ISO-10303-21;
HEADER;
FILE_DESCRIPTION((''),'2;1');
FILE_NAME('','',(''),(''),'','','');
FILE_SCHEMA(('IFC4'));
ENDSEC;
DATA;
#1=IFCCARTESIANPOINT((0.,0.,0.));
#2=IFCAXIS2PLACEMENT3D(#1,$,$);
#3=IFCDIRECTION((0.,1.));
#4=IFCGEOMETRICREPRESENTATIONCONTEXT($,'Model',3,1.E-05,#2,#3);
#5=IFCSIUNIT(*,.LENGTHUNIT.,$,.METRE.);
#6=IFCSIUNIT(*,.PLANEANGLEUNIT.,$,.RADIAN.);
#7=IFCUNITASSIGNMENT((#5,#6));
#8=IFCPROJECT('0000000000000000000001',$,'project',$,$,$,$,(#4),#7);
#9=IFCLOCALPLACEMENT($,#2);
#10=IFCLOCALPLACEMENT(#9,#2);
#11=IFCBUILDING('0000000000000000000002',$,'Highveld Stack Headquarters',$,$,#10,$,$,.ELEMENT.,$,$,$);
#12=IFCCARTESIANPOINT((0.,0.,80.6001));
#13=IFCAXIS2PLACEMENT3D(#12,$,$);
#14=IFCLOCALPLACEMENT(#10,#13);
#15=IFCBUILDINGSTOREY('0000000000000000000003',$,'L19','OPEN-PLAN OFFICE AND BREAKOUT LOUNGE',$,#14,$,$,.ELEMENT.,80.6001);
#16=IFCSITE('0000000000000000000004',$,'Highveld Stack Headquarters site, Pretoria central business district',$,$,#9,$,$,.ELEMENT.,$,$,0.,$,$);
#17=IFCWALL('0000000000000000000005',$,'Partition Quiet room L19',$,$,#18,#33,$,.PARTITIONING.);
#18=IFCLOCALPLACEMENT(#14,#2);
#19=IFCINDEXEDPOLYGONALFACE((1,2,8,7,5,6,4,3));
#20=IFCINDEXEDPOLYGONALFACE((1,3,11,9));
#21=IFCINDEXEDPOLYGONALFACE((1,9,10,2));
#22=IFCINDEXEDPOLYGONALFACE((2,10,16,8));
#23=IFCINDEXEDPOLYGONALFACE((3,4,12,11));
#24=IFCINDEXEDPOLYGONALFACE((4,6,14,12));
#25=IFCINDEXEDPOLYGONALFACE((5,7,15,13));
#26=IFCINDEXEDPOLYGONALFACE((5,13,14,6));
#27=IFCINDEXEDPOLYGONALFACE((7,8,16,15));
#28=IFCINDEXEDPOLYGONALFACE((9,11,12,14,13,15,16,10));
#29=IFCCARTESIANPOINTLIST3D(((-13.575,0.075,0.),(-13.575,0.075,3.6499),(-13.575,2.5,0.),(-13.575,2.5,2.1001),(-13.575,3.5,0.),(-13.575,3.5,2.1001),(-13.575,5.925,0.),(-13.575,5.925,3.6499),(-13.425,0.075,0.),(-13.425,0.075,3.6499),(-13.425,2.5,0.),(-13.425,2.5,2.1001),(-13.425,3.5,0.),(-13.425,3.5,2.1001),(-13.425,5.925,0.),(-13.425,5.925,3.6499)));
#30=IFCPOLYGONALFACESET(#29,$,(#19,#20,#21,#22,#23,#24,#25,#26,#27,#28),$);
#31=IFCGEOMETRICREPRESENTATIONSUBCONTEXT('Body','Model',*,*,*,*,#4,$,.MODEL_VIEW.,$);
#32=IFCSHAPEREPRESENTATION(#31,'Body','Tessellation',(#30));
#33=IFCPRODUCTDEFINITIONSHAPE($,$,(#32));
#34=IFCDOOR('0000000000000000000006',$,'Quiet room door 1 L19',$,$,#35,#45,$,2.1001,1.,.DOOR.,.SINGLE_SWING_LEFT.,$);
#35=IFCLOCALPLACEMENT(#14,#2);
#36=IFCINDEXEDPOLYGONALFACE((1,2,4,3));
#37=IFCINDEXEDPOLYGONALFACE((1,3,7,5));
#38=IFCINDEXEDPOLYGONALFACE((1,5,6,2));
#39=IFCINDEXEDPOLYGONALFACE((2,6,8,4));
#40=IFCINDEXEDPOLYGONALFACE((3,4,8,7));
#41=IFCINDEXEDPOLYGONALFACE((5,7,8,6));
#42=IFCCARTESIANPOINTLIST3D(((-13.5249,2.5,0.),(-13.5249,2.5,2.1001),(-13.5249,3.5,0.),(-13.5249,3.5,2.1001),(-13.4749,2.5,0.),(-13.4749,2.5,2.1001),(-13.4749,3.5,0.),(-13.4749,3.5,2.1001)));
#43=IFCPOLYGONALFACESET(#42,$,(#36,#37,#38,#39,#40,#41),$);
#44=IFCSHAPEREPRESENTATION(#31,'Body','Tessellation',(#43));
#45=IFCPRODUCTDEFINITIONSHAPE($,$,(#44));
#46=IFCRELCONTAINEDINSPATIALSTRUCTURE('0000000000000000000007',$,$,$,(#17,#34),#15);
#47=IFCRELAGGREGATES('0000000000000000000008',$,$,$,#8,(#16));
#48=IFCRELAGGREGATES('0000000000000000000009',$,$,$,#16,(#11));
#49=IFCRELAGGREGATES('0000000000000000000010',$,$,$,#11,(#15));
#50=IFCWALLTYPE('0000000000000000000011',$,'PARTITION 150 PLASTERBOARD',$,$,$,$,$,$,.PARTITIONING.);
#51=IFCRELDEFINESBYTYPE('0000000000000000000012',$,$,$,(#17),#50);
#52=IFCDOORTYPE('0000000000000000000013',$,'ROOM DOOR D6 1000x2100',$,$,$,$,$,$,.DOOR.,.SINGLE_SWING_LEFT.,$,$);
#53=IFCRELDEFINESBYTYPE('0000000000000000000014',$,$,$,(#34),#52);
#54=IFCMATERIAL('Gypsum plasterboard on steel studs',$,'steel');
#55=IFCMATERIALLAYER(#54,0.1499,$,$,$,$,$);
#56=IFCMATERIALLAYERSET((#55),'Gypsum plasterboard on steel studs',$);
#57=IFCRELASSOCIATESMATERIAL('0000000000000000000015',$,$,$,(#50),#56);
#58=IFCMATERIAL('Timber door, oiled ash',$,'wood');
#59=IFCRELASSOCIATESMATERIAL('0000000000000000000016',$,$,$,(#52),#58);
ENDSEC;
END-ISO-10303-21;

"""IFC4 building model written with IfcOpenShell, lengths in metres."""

from ifc_helpers import new_model, si_unit, direction, frame, frame_2d, origin, place, context, subcontext, project, spatial, rectangle, extrude, material, layer, layer_set, type_object, element, fill, save


model = new_model("IFC4")

# Units and contexts
model_context = context("Model", 3, precision=1e-05, world=origin(), true_north=direction((0.0, 1.0)))
body_context = subcontext(model_context, "Body", "Model", "MODEL_VIEW")
ifc_project = project(units=[si_unit("LENGTHUNIT", "METRE"), si_unit("PLANEANGLEUNIT", "RADIAN")], contexts=[model_context])

# Site, building, storey
site_placement = place(None, origin())
site = spatial("IfcSite", under=ifc_project, at=site_placement, Name="Highveld Stack Headquarters site, Pretoria central business district", CompositionType="ELEMENT", RefElevation=0.0)
building_placement = place(site_placement, origin())
building = spatial("IfcBuilding", under=site, at=building_placement, Name="Highveld Stack Headquarters", CompositionType="ELEMENT")
storey_placement = place(building_placement, frame((0.0, 0.0, 80.6001)))
storey = spatial("IfcBuildingStorey", under=building, at=storey_placement, Name="L19", Description="OPEN-PLAN OFFICE AND BREAKOUT LOUNGE", CompositionType="ELEMENT", Elevation=80.6001)

# Shared definitions
ifc_material_1 = material(Name="Gypsum plasterboard on steel studs", Category="steel")
ifc_layer_1 = layer(ifc_material_1, 0.1499)
ifc_layer_set_1 = layer_set([ifc_layer_1], Name="Gypsum plasterboard on steel studs")
wall_type = type_object("IfcWallType", Name="PARTITION 150 PLASTERBOARD", PredefinedType="PARTITIONING", material=ifc_layer_set_1)

# Wall, opening, door
wall_1_placement = place(storey_placement, frame((-13.5, 0.075, 0.0), z_axis=(0.0, 0.0, 1.0), x_axis=(0.0, 1.0, 0.0)))
wall_1 = element("IfcWall", 1, at=wall_1_placement, inside=storey, type_object=wall_type, Name="Partition Quiet room L19", PredefinedType="PARTITIONING", context=body_context, shape_type="SweptSolid", body=[
    extrude(rectangle(XDim=5.8501, YDim=0.1499, at=frame_2d((2.925, 0.0))), origin(), (0.0, 0.0, 1.0), 3.6499),
])
opening_placement = place(wall_1_placement, frame((2.425, 0.0, 0.0)))
opening = element("IfcOpeningElement", 2, at=opening_placement, cuts=wall_1, PredefinedType="OPENING", context=body_context, shape_type="SweptSolid", body=[
    extrude(rectangle(XDim=1.0, YDim=2.1001, at=frame_2d((0.5, 1.05))), frame((0.0, 0.085, 0.0), z_axis=(0.0, -1.0, 0.0), x_axis=(1.0, 0.0, 0.0)), (0.0, 0.0, 1.0), 0.1699),
])
ifc_material_2 = material(Name="Timber door, oiled ash", Category="wood")
door_type = type_object("IfcDoorType", Name="ROOM DOOR D6 1000x2100", OperationType="SINGLE_SWING_LEFT", PredefinedType="DOOR", material=ifc_material_2)
door_placement = place(opening_placement, origin())
door = element("IfcDoor", 3, at=door_placement, inside=storey, type_object=door_type, Name="Quiet room door 1 L19", OperationType="SINGLE_SWING_LEFT", OverallHeight=2.1001, OverallWidth=1.0, PredefinedType="DOOR", context=body_context, shape_type="SweptSolid", body=[
    extrude(rectangle(XDim=1.0, YDim=2.1001, at=frame_2d((0.5, 1.05))), frame((0.0, 0.0249, 0.0), z_axis=(0.0, -1.0, 0.0), x_axis=(1.0, 0.0, 0.0)), (0.0, 0.0, 1.0), 0.05),
])
fill(opening, door)

save(model, "model.ifc")
